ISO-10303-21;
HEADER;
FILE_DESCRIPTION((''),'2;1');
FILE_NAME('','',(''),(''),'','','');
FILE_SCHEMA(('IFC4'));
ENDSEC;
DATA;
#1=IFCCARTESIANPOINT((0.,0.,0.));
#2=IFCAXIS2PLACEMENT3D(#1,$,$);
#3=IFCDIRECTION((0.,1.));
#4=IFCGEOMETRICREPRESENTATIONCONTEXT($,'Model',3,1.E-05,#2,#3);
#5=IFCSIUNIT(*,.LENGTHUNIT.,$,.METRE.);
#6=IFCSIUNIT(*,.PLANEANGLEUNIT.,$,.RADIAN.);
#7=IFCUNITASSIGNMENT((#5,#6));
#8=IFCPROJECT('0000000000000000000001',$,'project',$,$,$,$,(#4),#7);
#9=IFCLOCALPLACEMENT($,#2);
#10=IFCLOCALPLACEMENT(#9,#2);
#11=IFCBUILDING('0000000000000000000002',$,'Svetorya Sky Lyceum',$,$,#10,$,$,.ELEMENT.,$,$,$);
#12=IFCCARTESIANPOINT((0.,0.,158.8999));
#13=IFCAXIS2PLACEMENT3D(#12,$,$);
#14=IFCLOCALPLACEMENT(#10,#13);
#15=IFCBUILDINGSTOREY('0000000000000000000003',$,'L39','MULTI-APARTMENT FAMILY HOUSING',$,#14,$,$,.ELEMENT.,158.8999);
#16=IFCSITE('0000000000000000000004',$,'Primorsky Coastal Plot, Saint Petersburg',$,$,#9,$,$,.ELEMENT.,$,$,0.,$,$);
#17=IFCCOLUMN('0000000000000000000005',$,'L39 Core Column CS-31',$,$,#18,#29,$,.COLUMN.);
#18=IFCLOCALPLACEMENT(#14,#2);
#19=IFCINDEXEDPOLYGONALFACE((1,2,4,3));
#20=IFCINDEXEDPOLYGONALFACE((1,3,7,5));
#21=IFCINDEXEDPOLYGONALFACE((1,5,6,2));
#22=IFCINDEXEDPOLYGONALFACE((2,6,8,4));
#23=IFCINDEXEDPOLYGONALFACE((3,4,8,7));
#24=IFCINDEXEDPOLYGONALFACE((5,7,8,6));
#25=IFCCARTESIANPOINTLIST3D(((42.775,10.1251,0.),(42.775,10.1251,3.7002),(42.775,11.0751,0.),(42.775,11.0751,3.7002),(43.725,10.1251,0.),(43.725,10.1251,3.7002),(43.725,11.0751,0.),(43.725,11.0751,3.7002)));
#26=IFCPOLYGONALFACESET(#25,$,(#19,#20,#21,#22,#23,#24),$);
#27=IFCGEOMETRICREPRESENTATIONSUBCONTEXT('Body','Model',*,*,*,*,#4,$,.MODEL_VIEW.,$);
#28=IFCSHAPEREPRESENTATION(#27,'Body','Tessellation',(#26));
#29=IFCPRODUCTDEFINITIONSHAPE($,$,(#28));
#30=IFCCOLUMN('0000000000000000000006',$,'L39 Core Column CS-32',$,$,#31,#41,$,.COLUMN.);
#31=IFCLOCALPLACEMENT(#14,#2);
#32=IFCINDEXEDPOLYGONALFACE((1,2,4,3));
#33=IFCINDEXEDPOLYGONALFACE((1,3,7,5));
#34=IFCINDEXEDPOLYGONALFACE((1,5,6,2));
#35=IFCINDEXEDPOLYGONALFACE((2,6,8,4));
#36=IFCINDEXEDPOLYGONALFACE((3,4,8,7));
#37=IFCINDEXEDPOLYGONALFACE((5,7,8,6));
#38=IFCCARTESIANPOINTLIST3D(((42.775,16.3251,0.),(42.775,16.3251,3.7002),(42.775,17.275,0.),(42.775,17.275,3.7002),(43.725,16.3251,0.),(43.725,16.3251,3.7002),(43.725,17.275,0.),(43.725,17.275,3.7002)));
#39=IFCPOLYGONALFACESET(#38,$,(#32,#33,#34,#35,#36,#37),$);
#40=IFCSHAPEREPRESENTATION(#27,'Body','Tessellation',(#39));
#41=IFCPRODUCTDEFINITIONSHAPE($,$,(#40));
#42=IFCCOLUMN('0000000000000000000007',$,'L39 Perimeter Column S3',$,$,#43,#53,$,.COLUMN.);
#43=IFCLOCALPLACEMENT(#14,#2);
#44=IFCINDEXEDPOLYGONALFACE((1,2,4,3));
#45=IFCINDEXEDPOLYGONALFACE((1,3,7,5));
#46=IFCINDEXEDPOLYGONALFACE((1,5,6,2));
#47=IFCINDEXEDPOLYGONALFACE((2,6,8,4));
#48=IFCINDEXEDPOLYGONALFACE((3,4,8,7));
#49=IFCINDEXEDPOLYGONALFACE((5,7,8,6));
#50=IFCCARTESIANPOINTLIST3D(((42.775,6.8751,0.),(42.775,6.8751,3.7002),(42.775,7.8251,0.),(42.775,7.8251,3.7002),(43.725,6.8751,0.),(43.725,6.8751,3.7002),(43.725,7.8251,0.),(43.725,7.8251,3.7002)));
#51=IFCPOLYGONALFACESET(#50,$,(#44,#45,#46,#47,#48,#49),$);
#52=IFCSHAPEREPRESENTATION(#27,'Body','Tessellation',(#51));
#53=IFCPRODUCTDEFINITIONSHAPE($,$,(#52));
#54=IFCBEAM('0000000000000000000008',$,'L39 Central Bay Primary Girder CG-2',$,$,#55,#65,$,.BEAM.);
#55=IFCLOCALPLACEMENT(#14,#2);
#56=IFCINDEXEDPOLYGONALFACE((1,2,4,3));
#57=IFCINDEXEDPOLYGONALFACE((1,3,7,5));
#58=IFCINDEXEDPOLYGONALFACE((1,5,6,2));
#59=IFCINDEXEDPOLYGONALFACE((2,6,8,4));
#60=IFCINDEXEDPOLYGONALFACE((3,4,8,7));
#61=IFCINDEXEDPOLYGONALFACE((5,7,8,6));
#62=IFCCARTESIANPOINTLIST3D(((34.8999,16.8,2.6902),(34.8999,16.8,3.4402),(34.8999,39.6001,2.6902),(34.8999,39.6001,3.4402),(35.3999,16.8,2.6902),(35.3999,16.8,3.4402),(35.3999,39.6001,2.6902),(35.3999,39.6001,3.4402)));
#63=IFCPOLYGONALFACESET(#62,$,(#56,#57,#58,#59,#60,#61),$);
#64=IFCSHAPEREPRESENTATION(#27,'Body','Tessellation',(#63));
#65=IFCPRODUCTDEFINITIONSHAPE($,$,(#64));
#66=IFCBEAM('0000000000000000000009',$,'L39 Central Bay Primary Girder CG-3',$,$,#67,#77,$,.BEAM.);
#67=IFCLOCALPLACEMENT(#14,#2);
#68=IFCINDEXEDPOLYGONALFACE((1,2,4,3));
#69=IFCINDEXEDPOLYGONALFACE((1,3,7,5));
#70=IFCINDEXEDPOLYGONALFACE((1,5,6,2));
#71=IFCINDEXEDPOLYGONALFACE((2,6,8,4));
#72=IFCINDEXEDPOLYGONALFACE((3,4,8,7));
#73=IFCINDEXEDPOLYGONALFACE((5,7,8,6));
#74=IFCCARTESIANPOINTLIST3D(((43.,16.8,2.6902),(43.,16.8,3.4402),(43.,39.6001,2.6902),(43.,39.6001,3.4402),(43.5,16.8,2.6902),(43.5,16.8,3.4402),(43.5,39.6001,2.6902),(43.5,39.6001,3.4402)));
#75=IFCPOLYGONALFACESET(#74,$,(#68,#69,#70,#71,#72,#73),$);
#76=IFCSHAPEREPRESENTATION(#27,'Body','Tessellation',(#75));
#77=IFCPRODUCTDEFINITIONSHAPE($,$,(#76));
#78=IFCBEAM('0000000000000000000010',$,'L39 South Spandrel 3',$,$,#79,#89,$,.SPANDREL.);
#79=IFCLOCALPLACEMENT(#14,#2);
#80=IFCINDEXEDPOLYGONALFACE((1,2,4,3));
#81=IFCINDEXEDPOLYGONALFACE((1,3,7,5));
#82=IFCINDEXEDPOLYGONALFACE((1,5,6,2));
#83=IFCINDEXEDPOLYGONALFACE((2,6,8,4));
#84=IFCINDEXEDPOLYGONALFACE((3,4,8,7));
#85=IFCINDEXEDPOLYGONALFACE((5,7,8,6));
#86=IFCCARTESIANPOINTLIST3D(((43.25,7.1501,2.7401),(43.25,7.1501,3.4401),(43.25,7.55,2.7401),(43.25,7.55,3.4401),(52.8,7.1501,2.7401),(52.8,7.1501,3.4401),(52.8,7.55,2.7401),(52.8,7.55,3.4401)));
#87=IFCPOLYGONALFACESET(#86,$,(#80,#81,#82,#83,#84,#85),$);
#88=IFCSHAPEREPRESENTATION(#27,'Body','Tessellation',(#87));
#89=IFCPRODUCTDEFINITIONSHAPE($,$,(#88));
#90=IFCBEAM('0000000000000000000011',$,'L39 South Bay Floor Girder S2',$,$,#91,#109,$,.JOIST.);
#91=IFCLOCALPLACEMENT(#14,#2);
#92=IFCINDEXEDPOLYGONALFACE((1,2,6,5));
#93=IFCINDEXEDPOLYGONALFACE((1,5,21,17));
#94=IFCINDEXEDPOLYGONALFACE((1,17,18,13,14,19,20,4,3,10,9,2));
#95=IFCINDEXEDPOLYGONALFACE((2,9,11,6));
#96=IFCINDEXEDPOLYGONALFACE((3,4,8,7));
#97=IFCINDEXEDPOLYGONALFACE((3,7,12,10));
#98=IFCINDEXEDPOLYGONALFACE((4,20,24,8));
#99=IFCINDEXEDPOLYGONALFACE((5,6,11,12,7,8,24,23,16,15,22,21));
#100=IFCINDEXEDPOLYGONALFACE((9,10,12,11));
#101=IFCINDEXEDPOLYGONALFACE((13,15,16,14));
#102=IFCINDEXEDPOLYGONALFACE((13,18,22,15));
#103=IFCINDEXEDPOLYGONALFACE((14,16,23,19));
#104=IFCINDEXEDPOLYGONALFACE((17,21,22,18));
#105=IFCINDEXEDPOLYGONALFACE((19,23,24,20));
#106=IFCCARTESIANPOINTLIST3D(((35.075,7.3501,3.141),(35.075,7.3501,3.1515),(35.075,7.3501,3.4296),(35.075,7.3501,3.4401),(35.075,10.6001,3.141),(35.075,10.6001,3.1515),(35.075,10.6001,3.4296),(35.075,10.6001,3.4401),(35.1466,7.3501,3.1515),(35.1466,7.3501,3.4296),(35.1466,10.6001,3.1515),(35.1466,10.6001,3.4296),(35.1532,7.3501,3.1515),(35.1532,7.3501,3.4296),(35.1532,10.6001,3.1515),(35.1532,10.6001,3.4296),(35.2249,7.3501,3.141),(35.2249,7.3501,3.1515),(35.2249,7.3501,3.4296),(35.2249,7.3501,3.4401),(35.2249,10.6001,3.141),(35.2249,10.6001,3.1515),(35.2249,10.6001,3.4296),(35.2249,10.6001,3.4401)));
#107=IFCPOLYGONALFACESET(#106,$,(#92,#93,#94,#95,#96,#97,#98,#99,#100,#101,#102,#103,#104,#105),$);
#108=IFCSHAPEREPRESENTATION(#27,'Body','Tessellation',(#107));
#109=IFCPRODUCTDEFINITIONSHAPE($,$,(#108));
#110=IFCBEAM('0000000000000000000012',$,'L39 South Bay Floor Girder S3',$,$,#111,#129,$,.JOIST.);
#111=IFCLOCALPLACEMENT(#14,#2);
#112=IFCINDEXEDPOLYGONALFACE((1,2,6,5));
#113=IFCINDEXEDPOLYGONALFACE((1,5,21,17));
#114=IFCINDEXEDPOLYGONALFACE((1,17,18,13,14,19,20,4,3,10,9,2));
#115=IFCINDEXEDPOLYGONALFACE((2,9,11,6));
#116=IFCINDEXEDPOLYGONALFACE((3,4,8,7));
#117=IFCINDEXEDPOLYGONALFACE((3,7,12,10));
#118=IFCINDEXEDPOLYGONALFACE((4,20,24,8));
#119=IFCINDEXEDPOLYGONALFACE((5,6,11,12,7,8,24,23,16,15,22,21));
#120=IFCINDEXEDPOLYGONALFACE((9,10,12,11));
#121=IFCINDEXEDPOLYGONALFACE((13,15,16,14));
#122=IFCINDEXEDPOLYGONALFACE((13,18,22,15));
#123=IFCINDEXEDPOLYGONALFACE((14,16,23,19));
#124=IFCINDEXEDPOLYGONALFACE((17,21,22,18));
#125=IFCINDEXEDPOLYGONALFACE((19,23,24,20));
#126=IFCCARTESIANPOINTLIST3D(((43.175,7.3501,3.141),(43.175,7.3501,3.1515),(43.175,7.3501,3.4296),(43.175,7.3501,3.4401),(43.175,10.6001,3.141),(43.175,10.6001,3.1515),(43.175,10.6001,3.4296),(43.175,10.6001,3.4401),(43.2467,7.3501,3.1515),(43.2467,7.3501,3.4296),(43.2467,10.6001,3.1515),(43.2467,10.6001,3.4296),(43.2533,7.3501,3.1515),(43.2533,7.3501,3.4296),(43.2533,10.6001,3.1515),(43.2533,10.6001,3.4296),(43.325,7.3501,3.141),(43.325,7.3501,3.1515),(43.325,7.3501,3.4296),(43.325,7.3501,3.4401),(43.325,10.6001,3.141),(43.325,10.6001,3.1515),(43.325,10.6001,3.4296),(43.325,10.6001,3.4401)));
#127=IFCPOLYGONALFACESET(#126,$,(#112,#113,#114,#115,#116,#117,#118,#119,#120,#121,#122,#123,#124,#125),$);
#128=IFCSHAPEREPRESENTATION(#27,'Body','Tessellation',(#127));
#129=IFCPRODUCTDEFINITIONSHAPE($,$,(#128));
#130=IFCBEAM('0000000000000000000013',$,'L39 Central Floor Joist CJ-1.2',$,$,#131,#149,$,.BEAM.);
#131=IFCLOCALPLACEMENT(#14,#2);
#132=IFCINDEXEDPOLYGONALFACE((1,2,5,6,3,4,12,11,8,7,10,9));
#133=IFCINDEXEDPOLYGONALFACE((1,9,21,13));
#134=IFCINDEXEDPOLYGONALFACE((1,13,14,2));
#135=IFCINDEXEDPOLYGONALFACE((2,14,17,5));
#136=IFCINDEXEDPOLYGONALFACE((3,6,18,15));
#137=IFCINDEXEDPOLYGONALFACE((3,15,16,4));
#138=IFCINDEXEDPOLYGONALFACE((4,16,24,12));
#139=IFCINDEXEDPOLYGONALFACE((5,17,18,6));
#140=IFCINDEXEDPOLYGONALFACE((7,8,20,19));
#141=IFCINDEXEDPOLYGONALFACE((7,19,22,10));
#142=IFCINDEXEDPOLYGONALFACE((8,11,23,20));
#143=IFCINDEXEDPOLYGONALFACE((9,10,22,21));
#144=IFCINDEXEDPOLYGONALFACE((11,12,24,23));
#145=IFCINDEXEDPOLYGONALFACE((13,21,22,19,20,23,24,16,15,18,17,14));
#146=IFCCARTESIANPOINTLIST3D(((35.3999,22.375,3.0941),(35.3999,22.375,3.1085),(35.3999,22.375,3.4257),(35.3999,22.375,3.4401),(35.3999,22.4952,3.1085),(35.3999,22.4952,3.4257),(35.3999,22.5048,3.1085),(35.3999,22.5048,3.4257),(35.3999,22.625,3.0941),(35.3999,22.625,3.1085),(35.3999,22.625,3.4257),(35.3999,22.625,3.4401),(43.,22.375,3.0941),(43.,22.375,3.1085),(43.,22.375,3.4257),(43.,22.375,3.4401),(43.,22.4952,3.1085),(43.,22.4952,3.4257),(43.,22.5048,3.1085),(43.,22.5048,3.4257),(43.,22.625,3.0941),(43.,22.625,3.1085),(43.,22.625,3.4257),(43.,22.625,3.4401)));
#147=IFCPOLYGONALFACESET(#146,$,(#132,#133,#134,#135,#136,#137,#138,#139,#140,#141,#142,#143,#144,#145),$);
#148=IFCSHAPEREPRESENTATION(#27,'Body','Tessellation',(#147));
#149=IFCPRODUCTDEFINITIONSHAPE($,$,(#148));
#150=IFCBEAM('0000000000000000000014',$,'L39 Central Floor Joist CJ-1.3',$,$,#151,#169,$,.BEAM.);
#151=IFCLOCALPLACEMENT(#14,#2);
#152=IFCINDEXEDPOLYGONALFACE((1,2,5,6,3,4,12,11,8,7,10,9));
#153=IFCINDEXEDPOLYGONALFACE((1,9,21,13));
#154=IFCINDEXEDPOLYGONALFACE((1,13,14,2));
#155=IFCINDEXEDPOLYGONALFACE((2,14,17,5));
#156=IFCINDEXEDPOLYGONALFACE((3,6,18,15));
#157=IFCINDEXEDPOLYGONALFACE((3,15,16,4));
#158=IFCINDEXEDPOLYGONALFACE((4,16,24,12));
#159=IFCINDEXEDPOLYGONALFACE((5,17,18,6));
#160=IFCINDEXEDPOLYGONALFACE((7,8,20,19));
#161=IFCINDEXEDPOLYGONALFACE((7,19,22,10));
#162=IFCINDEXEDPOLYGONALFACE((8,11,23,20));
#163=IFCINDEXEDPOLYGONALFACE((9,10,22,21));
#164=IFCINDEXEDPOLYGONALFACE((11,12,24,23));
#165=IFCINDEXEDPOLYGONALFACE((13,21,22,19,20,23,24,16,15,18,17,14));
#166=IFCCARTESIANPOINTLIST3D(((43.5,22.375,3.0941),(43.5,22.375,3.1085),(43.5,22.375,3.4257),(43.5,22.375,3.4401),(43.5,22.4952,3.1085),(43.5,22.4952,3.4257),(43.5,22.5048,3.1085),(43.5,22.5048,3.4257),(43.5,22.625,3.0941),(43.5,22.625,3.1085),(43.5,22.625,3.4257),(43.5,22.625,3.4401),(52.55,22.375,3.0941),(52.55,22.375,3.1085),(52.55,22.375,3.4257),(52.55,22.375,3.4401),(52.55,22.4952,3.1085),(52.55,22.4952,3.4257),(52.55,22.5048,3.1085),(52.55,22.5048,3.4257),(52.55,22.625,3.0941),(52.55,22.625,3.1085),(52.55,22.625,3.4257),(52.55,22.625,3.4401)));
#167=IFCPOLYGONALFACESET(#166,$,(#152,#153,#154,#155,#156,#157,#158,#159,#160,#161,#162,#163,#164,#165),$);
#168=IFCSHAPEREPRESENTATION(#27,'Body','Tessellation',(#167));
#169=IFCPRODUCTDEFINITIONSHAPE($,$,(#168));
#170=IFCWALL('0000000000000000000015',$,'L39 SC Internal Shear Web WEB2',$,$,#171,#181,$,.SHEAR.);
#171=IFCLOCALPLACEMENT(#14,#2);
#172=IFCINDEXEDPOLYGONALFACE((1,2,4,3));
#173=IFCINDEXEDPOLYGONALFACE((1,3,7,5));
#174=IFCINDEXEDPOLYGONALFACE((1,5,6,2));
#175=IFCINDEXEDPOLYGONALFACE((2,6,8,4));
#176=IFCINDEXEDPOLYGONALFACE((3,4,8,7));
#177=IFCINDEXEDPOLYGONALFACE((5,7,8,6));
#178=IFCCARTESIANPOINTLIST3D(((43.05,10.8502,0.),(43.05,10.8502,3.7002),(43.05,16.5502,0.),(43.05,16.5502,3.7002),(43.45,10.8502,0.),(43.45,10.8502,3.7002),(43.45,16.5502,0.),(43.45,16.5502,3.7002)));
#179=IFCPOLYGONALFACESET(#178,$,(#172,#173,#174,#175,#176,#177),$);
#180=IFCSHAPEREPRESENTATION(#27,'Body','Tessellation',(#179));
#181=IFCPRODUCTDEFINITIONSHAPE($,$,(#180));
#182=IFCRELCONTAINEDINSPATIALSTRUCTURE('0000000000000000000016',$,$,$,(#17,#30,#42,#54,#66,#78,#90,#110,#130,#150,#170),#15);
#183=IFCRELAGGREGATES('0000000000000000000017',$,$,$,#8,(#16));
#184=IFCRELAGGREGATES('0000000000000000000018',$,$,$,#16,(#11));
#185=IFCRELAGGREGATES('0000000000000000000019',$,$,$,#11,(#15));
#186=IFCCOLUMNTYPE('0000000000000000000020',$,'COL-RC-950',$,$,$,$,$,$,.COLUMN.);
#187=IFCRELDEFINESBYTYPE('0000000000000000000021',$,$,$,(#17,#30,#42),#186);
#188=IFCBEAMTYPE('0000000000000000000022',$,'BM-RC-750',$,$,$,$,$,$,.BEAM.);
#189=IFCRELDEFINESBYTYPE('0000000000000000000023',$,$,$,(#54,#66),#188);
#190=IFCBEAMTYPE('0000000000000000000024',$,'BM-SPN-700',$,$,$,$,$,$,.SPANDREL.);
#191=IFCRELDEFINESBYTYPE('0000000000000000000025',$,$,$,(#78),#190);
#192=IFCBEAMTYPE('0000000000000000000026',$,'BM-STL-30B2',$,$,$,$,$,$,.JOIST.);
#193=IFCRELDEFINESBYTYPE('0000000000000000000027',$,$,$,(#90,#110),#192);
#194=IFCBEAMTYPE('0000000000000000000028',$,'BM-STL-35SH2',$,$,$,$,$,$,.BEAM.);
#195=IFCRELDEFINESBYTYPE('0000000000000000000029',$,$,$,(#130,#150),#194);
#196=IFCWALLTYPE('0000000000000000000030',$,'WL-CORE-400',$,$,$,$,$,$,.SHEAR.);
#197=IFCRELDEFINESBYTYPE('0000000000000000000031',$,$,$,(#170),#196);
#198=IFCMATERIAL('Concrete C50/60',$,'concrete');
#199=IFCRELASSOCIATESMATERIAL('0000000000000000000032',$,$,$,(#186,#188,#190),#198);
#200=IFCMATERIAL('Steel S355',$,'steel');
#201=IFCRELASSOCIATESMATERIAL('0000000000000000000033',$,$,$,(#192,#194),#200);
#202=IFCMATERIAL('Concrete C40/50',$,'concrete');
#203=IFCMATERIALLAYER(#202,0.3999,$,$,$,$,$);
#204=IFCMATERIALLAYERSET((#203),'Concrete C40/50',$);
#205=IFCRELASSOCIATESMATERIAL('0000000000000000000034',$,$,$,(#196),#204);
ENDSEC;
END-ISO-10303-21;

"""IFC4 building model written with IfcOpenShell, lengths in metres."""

from ifc_helpers import new_model, si_unit, direction, frame, frame_2d, origin, origin_2d, place, context, subcontext, project, spatial, rectangle, i_section, extrude, material, layer, layer_set, material_profile, profile_set, type_object, element, save


model = new_model("IFC4")

# Units and contexts
model_context = context("Model", 3, precision=1e-05, world=origin(), true_north=direction((0.0, 1.0)))
body_context = subcontext(model_context, "Body", "Model", "MODEL_VIEW")
ifc_project = project(units=[si_unit("LENGTHUNIT", "METRE"), si_unit("PLANEANGLEUNIT", "RADIAN")], contexts=[model_context])

# Site, building, storey
site_placement = place(None, origin())
site = spatial("IfcSite", under=ifc_project, at=site_placement, Name="Primorsky Coastal Plot, Saint Petersburg", CompositionType="ELEMENT", RefElevation=0.0)
building_placement = place(site_placement, origin())
building = spatial("IfcBuilding", under=site, at=building_placement, Name="Svetorya Sky Lyceum", CompositionType="ELEMENT")
storey_placement = place(building_placement, frame((0.0, 0.0, 158.8999)))
storey = spatial("IfcBuildingStorey", under=building, at=storey_placement, Name="L39", Description="MULTI-APARTMENT FAMILY HOUSING", CompositionType="ELEMENT", Elevation=158.8999)

# Columns
ifc_material_1 = material(Name="Concrete C50/60", Category="concrete")
ifc_material_profile_1 = material_profile(ifc_material_1, rectangle(XDim=0.95, YDim=0.95, at=origin_2d()), Name="RC COL 950x950")
ifc_profile_set_1 = profile_set([ifc_material_profile_1], Name="Concrete C50/60")
column_type = type_object("IfcColumnType", Name="COL-RC-950", PredefinedType="COLUMN", material=ifc_profile_set_1)
for number, where, z_axis, x_axis, name in (
    (1, (43.25, 10.6001, 0.0), (0.0, 0.0, 1.0), (1.0, 0.0, 0.0), "L39 Core Column CS-31"),
    (2, (43.25, 16.8, 0.0), (0.0, 0.0, 1.0), (1.0, 0.0, 0.0), "L39 Core Column CS-32"),
    (3, (43.25, 7.3501, 0.0), (0.0, 0.0, 1.0), (1.0, 0.0, 0.0), "L39 Perimeter Column S3"),
):
    element("IfcColumn", number, at=place(storey_placement, frame(where, z_axis=z_axis, x_axis=x_axis)), inside=storey, type_object=column_type, Name=name, PredefinedType="COLUMN", context=body_context, shape_type="SweptSolid", body=[
        extrude(rectangle(XDim=0.95, YDim=0.95, at=origin_2d()), origin(), (0.0, 0.0, 1.0), 3.7002),
    ])

# Beams
ifc_material_profile_2 = material_profile(ifc_material_1, rectangle(XDim=0.5, YDim=0.75, at=origin_2d()), Name="RC BEAM 500x750")
ifc_profile_set_2 = profile_set([ifc_material_profile_2], Name="Concrete C50/60")
beam_type_1 = type_object("IfcBeamType", Name="BM-RC-750", PredefinedType="BEAM", material=ifc_profile_set_2)
for number, where, z_axis, x_axis, name in (
    (4, (35.1499, 16.8, 3.0652), (0.0, 1.0, 0.0), (-1.0, 0.0, 0.0), "L39 Central Bay Primary Girder CG-2"),
    (5, (43.25, 16.8, 3.0652), (0.0, 1.0, 0.0), (-1.0, 0.0, 0.0), "L39 Central Bay Primary Girder CG-3"),
):
    element("IfcBeam", number, at=place(storey_placement, frame(where, z_axis=z_axis, x_axis=x_axis)), inside=storey, type_object=beam_type_1, Name=name, PredefinedType="BEAM", context=body_context, shape_type="SweptSolid", body=[
        extrude(rectangle(XDim=0.5, YDim=0.75, at=origin_2d()), origin(), (0.0, 0.0, 1.0), 22.8),
    ])
ifc_material_profile_3 = material_profile(ifc_material_1, rectangle(XDim=0.3999, YDim=0.7, at=origin_2d()), Name="RC SPANDREL 400x700")
ifc_profile_set_3 = profile_set([ifc_material_profile_3], Name="Concrete C50/60")
beam_type_2 = type_object("IfcBeamType", Name="BM-SPN-700", PredefinedType="SPANDREL", material=ifc_profile_set_3)
beam_1_placement = place(storey_placement, frame((43.25, 7.3501, 3.0901), z_axis=(1.0, 0.0, 0.0), x_axis=(0.0, 1.0, 0.0)))
element("IfcBeam", 6, at=beam_1_placement, inside=storey, type_object=beam_type_2, Name="L39 South Spandrel 3", PredefinedType="SPANDREL", context=body_context, shape_type="SweptSolid", body=[
    extrude(rectangle(XDim=0.3999, YDim=0.7, at=origin_2d()), origin(), (0.0, 0.0, 1.0), 9.55),
])
ifc_material_2 = material(Name="Steel S355", Category="steel")
ifc_material_profile_4 = material_profile(ifc_material_2, i_section(OverallWidth=0.1499, OverallDepth=0.2991, WebThickness=0.0066, FlangeThickness=0.0105, at=origin_2d()), Name="GOST 30B2")
ifc_profile_set_4 = profile_set([ifc_material_profile_4], Name="Steel S355")
beam_type_3 = type_object("IfcBeamType", Name="BM-STL-30B2", PredefinedType="JOIST", material=ifc_profile_set_4)
for number, where, z_axis, x_axis, name in (
    (7, (35.1499, 7.3501, 3.2905), (0.0, 1.0, 0.0), (-1.0, 0.0, 0.0), "L39 South Bay Floor Girder S2"),
    (8, (43.25, 7.3501, 3.2905), (0.0, 1.0, 0.0), (-1.0, 0.0, 0.0), "L39 South Bay Floor Girder S3"),
):
    element("IfcBeam", number, at=place(storey_placement, frame(where, z_axis=z_axis, x_axis=x_axis)), inside=storey, type_object=beam_type_3, Name=name, PredefinedType="JOIST", context=body_context, shape_type="SweptSolid", body=[
        extrude(i_section(OverallWidth=0.1499, OverallDepth=0.2991, WebThickness=0.0066, FlangeThickness=0.0105, at=origin_2d()), origin(), (0.0, 0.0, 1.0), 3.25),
    ])
ifc_material_profile_5 = material_profile(ifc_material_2, i_section(OverallWidth=0.25, OverallDepth=0.3459, WebThickness=0.0095, FlangeThickness=0.0144, at=origin_2d()), Name="GOST 35Sh2")
ifc_profile_set_5 = profile_set([ifc_material_profile_5], Name="Steel S355")
beam_type_4 = type_object("IfcBeamType", Name="BM-STL-35SH2", PredefinedType="BEAM", material=ifc_profile_set_5)
beam_2_placement = place(storey_placement, frame((35.3999, 22.5, 3.2671), z_axis=(1.0, 0.0, 0.0), x_axis=(0.0, 1.0, 0.0)))
element("IfcBeam", 9, at=beam_2_placement, inside=storey, type_object=beam_type_4, Name="L39 Central Floor Joist CJ-1.2", PredefinedType="BEAM", context=body_context, shape_type="SweptSolid", body=[
    extrude(i_section(OverallWidth=0.25, OverallDepth=0.3459, WebThickness=0.0095, FlangeThickness=0.0144, at=origin_2d()), origin(), (0.0, 0.0, 1.0), 7.6001),
])
beam_3_placement = place(storey_placement, frame((43.5, 22.5, 3.2671), z_axis=(1.0, 0.0, 0.0), x_axis=(0.0, 1.0, 0.0)))
element("IfcBeam", 10, at=beam_3_placement, inside=storey, type_object=beam_type_4, Name="L39 Central Floor Joist CJ-1.3", PredefinedType="BEAM", context=body_context, shape_type="SweptSolid", body=[
    extrude(i_section(OverallWidth=0.25, OverallDepth=0.3459, WebThickness=0.0095, FlangeThickness=0.0144, at=origin_2d()), origin(), (0.0, 0.0, 1.0), 9.05),
])

# Wall
ifc_material_3 = material(Name="Concrete C40/50", Category="concrete")
ifc_layer_1 = layer(ifc_material_3, 0.3999)
ifc_layer_set_1 = layer_set([ifc_layer_1], Name="Concrete C40/50")
wall_type_1 = type_object("IfcWallType", Name="WL-CORE-400", PredefinedType="SHEAR", material=ifc_layer_set_1)
wall_1_placement = place(storey_placement, frame((43.25, 10.8501, 0.0), z_axis=(0.0, 0.0, 1.0), x_axis=(0.0, 1.0, 0.0)))
element("IfcWall", 11, at=wall_1_placement, inside=storey, type_object=wall_type_1, Name="L39 SC Internal Shear Web WEB2", PredefinedType="SHEAR", context=body_context, shape_type="SweptSolid", body=[
    extrude(rectangle(XDim=5.7, YDim=0.3999, at=frame_2d((2.8501, 0.0))), origin(), (0.0, 0.0, 1.0), 3.7002),
])

save(model, "model.ifc")
